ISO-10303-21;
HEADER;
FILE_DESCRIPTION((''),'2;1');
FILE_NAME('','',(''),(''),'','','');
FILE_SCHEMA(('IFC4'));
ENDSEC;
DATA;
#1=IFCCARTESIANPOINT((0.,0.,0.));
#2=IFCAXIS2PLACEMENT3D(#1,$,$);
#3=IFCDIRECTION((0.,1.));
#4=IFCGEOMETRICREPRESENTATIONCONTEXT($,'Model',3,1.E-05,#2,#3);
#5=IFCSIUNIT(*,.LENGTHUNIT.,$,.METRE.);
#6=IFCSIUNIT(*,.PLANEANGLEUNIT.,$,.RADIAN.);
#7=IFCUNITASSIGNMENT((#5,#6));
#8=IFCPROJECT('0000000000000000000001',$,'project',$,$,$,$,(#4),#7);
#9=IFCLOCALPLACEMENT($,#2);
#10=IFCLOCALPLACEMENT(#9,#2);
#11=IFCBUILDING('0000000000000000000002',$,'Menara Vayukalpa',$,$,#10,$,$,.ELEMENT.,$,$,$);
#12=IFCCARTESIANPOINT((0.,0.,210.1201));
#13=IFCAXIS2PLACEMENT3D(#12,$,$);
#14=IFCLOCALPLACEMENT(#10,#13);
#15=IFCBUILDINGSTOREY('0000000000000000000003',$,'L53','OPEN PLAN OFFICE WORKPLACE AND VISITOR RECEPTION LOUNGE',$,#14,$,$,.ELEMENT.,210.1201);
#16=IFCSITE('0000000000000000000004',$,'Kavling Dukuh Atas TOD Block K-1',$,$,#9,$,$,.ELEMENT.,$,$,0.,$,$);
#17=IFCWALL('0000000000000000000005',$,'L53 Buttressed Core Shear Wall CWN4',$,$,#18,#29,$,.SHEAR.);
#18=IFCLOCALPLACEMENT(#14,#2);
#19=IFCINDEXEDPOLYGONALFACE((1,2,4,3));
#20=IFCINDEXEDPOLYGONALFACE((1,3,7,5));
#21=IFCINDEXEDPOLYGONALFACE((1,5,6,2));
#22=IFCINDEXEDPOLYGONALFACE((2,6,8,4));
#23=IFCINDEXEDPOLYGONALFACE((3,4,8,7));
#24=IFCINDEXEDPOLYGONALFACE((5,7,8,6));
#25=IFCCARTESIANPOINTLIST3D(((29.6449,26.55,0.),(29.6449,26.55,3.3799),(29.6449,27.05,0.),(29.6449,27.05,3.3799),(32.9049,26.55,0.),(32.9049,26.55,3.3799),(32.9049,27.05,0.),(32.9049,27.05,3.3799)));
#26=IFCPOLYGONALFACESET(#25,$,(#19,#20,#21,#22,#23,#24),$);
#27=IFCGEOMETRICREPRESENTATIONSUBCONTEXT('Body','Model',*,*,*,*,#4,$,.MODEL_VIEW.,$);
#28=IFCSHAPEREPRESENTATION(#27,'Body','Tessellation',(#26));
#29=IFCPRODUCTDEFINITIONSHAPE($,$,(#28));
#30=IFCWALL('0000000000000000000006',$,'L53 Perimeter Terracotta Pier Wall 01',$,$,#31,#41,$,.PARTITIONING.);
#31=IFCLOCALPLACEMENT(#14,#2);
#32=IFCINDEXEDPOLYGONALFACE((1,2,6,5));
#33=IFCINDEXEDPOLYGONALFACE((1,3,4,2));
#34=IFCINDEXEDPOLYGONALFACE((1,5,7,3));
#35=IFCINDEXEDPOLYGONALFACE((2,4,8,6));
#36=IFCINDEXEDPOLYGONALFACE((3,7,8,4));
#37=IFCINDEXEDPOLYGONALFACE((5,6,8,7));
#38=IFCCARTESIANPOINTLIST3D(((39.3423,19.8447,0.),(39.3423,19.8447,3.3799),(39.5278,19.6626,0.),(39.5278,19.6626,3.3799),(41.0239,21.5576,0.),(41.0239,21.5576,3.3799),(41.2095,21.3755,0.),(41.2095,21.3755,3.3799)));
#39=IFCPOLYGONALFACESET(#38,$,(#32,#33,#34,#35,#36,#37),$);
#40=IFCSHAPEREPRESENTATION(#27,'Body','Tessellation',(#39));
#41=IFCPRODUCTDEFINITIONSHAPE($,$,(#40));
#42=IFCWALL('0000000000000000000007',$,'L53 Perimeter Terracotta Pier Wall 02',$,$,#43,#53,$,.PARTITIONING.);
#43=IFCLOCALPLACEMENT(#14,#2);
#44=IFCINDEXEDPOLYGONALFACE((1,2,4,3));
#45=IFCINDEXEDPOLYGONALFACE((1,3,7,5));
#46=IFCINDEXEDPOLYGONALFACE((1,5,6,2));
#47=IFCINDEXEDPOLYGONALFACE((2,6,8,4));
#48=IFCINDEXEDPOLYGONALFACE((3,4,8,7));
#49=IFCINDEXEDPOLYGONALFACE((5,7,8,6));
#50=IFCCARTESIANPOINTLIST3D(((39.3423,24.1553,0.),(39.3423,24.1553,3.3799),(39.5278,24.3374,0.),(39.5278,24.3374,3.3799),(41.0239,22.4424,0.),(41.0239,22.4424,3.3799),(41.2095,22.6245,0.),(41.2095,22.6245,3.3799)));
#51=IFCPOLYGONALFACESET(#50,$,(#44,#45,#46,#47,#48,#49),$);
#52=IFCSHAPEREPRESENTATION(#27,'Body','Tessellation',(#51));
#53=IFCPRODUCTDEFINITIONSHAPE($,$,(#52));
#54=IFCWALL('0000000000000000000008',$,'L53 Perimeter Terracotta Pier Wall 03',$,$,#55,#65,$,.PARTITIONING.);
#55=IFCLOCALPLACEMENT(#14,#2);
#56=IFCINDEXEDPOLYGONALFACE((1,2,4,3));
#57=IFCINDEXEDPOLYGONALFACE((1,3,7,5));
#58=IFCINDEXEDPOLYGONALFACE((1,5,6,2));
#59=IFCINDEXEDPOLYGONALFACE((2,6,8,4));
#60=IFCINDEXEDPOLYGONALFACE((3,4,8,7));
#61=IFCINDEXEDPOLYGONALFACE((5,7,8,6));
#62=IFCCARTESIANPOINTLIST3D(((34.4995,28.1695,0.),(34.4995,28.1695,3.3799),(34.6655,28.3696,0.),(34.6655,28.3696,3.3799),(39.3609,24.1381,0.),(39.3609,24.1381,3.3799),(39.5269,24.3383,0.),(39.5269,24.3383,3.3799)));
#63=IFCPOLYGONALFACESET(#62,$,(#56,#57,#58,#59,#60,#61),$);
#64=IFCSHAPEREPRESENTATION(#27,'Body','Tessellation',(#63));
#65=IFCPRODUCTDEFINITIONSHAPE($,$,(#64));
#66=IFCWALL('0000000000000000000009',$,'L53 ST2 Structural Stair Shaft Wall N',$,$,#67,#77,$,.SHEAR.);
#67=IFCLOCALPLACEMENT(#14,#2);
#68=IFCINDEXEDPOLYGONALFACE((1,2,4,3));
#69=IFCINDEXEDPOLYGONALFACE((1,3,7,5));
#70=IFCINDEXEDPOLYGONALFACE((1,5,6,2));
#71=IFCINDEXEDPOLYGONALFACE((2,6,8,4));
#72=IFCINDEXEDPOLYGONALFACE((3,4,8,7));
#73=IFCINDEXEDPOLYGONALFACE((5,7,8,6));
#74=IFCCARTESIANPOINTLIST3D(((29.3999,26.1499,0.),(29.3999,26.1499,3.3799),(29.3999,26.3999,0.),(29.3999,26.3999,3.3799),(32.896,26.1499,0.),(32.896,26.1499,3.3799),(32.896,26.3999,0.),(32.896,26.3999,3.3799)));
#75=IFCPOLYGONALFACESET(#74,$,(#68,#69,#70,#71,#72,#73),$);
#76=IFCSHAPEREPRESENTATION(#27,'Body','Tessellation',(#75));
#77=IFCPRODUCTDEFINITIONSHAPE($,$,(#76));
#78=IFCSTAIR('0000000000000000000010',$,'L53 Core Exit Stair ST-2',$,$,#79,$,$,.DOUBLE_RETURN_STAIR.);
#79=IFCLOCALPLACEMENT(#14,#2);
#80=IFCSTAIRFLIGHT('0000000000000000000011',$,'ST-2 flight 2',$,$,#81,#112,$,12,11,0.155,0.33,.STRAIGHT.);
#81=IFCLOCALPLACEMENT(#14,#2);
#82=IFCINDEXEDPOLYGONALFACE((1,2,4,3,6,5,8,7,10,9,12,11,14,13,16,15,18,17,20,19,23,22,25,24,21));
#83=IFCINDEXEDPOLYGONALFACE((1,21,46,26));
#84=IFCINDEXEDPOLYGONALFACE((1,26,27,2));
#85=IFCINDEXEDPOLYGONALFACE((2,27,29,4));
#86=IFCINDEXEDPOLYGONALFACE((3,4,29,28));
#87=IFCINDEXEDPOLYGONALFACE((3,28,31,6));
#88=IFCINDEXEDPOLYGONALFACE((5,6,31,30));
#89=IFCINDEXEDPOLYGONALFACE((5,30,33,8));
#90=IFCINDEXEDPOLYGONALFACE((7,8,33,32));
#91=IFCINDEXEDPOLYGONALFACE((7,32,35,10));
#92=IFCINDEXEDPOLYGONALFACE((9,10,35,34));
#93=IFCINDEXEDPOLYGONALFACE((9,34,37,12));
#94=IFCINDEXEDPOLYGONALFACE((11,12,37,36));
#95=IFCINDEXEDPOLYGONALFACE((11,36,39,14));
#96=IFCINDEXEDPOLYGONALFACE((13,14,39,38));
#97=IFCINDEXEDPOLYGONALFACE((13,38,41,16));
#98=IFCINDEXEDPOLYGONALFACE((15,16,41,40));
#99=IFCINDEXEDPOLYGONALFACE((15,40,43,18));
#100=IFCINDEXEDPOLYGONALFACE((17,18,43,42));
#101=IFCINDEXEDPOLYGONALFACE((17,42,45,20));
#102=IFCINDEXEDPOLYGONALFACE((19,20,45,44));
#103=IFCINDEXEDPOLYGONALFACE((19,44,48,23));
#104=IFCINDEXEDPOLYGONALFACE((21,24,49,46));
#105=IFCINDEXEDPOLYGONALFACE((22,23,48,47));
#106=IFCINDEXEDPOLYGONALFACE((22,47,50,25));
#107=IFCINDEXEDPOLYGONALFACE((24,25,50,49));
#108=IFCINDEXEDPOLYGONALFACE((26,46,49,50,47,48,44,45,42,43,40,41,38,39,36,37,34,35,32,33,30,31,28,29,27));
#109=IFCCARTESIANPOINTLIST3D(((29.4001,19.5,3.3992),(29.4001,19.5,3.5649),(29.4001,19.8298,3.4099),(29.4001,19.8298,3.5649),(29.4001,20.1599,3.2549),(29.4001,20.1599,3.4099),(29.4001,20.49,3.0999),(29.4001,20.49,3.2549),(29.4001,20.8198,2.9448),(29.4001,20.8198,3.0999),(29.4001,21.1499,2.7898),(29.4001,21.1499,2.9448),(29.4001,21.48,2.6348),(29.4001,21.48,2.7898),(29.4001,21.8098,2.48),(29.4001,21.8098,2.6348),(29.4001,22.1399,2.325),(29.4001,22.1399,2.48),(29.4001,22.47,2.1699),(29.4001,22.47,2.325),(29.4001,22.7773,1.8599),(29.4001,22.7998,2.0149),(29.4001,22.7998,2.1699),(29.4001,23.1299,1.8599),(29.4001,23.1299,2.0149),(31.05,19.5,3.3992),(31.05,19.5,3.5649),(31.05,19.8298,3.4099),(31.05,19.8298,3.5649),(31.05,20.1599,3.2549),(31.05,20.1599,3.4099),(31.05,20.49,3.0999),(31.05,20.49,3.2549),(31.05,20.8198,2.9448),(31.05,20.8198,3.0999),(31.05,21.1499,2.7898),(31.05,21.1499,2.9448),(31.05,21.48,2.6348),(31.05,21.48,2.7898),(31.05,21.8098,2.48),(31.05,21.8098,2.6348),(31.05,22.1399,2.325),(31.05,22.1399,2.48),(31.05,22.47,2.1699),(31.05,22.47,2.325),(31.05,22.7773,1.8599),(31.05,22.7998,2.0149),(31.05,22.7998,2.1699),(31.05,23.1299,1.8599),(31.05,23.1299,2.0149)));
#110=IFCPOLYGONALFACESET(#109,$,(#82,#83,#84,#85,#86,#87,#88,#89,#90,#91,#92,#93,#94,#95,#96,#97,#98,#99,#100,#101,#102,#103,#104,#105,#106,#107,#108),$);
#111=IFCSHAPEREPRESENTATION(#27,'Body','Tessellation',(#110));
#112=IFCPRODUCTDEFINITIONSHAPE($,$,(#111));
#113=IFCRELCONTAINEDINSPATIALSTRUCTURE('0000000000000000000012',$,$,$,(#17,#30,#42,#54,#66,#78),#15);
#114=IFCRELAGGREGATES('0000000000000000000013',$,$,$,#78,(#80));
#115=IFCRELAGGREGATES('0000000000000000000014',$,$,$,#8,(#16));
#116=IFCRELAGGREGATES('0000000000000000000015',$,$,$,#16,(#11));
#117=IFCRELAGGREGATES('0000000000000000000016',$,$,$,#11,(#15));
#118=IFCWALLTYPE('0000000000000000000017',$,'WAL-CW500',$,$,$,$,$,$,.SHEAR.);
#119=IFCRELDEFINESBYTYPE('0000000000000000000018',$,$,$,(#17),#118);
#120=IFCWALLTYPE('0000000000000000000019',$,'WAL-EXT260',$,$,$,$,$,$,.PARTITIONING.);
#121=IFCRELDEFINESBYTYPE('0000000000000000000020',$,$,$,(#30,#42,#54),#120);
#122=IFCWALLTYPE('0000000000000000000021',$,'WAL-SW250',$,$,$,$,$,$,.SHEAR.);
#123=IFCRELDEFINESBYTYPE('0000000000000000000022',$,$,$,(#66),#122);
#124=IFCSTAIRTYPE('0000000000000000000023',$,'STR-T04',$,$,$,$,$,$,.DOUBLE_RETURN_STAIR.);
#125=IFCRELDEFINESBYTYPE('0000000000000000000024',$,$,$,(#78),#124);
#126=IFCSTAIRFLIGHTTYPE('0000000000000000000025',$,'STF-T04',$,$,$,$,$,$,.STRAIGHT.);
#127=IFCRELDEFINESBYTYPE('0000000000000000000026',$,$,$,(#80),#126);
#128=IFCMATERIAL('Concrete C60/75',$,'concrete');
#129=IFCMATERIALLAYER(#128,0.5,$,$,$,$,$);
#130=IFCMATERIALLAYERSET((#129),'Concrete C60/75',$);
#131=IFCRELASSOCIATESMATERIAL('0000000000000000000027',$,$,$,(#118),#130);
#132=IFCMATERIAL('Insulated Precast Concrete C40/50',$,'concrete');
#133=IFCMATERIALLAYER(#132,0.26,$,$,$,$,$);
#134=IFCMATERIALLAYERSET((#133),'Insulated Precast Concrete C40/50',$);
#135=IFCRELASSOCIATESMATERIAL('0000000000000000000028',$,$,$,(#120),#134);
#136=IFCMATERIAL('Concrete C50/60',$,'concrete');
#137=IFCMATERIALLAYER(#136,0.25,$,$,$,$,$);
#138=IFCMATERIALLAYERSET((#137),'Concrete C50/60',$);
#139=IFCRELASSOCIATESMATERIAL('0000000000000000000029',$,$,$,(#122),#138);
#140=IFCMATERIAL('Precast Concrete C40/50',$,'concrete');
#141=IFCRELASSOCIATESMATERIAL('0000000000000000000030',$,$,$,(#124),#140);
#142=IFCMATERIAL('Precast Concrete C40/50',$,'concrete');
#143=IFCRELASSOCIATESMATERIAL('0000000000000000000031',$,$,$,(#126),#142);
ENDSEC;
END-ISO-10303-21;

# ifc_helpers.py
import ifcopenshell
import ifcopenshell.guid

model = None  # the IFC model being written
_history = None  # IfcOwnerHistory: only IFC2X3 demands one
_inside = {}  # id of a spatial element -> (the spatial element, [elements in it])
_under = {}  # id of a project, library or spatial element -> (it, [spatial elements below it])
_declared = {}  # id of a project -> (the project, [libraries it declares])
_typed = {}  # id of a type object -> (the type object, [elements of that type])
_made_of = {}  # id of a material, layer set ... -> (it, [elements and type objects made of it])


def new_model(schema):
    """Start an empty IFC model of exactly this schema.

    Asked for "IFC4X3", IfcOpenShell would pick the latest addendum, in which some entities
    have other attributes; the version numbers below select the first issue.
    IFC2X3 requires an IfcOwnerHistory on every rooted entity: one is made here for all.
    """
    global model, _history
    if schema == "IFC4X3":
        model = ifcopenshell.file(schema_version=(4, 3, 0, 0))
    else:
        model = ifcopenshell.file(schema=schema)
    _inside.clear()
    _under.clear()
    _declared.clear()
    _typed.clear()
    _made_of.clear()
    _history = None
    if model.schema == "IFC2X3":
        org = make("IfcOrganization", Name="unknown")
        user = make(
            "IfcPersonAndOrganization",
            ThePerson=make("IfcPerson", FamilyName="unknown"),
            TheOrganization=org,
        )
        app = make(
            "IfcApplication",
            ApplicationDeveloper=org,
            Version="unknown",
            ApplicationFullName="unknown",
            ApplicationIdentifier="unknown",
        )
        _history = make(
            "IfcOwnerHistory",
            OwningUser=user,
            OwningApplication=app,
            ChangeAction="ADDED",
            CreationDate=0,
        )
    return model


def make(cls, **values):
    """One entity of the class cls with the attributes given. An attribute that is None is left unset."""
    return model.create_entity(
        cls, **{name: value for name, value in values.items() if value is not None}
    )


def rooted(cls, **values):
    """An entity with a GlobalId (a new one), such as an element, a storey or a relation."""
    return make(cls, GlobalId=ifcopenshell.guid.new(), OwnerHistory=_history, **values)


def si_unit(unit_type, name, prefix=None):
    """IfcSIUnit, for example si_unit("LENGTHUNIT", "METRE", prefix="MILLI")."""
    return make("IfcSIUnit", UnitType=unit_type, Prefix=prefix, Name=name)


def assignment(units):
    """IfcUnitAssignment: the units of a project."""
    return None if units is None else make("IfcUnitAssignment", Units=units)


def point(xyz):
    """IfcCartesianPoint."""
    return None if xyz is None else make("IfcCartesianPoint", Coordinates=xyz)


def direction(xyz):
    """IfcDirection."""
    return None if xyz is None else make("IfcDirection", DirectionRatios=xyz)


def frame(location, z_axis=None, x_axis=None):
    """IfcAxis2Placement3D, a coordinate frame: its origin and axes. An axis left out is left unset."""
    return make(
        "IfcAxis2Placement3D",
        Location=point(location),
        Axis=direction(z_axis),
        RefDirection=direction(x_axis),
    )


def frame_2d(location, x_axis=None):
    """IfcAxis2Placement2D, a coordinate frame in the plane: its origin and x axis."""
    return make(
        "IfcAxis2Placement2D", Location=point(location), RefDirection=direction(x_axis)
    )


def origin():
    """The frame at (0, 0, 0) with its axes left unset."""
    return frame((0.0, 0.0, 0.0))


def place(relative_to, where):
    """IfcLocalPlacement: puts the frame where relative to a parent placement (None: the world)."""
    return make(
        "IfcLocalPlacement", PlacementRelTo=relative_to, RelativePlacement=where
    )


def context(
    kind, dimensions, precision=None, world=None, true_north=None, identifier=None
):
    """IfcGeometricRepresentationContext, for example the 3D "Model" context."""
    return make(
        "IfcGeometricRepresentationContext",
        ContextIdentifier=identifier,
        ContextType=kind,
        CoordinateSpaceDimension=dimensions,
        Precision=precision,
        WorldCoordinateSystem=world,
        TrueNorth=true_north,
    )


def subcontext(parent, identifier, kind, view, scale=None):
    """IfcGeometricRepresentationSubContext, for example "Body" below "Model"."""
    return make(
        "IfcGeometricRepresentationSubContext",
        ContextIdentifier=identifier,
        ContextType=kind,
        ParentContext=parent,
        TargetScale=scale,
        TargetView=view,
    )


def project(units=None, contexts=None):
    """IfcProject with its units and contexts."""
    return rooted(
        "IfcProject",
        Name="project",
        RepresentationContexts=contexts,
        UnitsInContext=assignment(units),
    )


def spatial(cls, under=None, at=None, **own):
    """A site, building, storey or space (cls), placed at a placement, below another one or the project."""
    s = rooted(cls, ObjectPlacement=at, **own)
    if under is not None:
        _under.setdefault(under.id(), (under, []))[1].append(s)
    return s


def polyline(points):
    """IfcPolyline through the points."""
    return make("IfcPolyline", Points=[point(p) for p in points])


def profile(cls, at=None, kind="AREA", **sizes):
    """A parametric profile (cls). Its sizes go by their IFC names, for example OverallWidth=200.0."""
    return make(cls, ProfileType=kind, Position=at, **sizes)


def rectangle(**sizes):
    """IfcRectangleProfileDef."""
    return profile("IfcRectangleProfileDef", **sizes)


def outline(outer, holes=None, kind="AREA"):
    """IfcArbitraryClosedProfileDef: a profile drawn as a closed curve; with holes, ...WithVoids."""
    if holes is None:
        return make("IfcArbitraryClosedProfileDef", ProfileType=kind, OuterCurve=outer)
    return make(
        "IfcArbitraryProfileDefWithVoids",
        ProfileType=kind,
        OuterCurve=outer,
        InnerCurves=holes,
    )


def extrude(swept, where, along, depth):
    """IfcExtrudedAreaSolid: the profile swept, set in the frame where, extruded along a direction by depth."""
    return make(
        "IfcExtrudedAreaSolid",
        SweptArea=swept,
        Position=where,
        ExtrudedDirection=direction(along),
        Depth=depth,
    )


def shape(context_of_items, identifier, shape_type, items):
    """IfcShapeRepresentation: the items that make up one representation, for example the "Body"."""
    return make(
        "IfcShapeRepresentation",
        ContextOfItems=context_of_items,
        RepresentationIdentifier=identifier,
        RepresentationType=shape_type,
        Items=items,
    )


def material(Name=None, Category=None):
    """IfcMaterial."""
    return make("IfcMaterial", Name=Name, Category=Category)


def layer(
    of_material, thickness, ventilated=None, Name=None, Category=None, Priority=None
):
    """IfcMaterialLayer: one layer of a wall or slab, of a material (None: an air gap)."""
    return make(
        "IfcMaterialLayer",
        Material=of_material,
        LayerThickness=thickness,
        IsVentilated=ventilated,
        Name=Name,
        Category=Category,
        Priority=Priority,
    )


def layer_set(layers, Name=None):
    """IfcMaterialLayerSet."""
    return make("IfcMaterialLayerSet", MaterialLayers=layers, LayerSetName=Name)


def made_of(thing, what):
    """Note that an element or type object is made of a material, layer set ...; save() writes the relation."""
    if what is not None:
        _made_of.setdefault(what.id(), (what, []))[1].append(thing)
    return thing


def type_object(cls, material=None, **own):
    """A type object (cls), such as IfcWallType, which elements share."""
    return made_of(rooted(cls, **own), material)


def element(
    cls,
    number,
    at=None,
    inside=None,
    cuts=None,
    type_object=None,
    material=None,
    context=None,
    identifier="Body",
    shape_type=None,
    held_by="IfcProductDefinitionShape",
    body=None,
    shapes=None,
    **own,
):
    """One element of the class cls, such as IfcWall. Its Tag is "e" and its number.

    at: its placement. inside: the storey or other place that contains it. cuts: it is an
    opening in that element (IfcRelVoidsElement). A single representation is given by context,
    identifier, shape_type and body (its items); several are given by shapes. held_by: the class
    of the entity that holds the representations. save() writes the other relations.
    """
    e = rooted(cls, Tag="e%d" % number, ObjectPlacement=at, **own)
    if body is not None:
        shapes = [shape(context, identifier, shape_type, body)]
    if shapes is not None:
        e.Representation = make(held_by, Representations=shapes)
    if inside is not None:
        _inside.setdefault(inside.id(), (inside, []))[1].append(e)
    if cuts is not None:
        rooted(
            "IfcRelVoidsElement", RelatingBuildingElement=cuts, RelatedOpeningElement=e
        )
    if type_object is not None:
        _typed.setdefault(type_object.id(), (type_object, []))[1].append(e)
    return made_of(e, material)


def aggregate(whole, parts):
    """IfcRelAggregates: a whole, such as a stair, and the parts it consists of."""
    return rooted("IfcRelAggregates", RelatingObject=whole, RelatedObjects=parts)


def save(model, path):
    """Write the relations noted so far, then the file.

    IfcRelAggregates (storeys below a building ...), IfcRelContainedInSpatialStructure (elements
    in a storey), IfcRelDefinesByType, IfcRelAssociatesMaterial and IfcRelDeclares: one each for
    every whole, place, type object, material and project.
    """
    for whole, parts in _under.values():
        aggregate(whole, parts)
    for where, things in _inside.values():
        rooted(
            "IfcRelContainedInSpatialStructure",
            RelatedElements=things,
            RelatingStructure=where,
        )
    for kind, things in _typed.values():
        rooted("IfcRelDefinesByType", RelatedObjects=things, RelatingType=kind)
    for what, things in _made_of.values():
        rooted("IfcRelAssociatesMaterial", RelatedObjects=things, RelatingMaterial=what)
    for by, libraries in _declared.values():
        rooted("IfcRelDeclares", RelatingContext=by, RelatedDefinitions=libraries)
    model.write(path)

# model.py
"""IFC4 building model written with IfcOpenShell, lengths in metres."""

from ifc_helpers import new_model, si_unit, direction, frame, frame_2d, origin, place, context, subcontext, project, spatial, polyline, rectangle, outline, extrude, material, layer, layer_set, type_object, element, aggregate, save


model = new_model("IFC4")

# Units and contexts
model_context = context("Model", 3, precision=1e-05, world=origin(), true_north=direction((0.0, 1.0)))
body_context = subcontext(model_context, "Body", "Model", "MODEL_VIEW")
ifc_project = project(units=[si_unit("LENGTHUNIT", "METRE"), si_unit("PLANEANGLEUNIT", "RADIAN")], contexts=[model_context])

# Site, building, storey
site_placement = place(None, origin())
site = spatial("IfcSite", under=ifc_project, at=site_placement, Name="Kavling Dukuh Atas TOD Block K-1", CompositionType="ELEMENT", RefElevation=0.0)
building_placement = place(site_placement, origin())
building = spatial("IfcBuilding", under=site, at=building_placement, Name="Menara Vayukalpa", CompositionType="ELEMENT")
storey_placement = place(building_placement, frame((0.0, 0.0, 210.1201)))
storey = spatial("IfcBuildingStorey", under=building, at=storey_placement, Name="L53", Description="OPEN PLAN OFFICE WORKPLACE AND VISITOR RECEPTION LOUNGE", CompositionType="ELEMENT", Elevation=210.1201)

# Walls
ifc_material_1 = material(Name="Concrete C60/75", Category="concrete")
ifc_layer_1 = layer(ifc_material_1, 0.5)
ifc_layer_set_1 = layer_set([ifc_layer_1], Name="Concrete C60/75")
wall_type_1 = type_object("IfcWallType", Name="WAL-CW500", PredefinedType="SHEAR", material=ifc_layer_set_1)
wall_1_placement = place(storey_placement, frame((29.645, 26.8, 0.0), z_axis=(0.0, 0.0, 1.0), x_axis=(1.0, 0.0, 0.0)))
element("IfcWall", 1, at=wall_1_placement, inside=storey, type_object=wall_type_1, Name="L53 Buttressed Core Shear Wall CWN4", PredefinedType="SHEAR", context=body_context, shape_type="SweptSolid", body=[
    extrude(rectangle(XDim=3.26, YDim=0.5, at=frame_2d((1.6299, 0.0))), origin(), (0.0, 0.0, 1.0), 3.3799),
])
ifc_material_2 = material(Name="Insulated Precast Concrete C40/50", Category="concrete")
ifc_layer_2 = layer(ifc_material_2, 0.26)
ifc_layer_set_2 = layer_set([ifc_layer_2], Name="Insulated Precast Concrete C40/50")
wall_type_2 = type_object("IfcWallType", Name="WAL-EXT260", PredefinedType="PARTITIONING", material=ifc_layer_set_2)
for number, where, z_axis, x_axis, name in (
    (2, (41.1167, 21.4666, 0.0), (0.0, 0.0, 1.0), (-0.700567, -0.713586, 0.0), "L53 Perimeter Terracotta Pier Wall 01"),
    (3, (39.4351, 24.2463, 0.0), (0.0, 0.0, 1.0), (0.700567, -0.713586, 0.0), "L53 Perimeter Terracotta Pier Wall 02"),
):
    element("IfcWall", number, at=place(storey_placement, frame(where, z_axis=z_axis, x_axis=x_axis)), inside=storey, type_object=wall_type_2, Name=name, PredefinedType="PARTITIONING", context=body_context, shape_type="SweptSolid", body=[
        extrude(rectangle(XDim=2.4004, YDim=0.26, at=frame_2d((1.2002, 0.0))), origin(), (0.0, 0.0, 1.0), 3.3799),
    ])
wall_2_placement = place(storey_placement, frame((34.5825, 28.2695, 0.0), z_axis=(0.0, 0.0, 1.0), x_axis=(0.769765, -0.638327, 0.0)))
element("IfcWall", 4, at=wall_2_placement, inside=storey, type_object=wall_type_2, Name="L53 Perimeter Terracotta Pier Wall 03", PredefinedType="PARTITIONING", context=body_context, shape_type="SweptSolid", body=[
    extrude(rectangle(XDim=6.3154, YDim=0.26, at=frame_2d((3.1577, 0.0))), origin(), (0.0, 0.0, 1.0), 3.3799),
])
ifc_material_3 = material(Name="Concrete C50/60", Category="concrete")
ifc_layer_3 = layer(ifc_material_3, 0.25)
ifc_layer_set_3 = layer_set([ifc_layer_3], Name="Concrete C50/60")
wall_type_3 = type_object("IfcWallType", Name="WAL-SW250", PredefinedType="SHEAR", material=ifc_layer_set_3)
wall_3_placement = place(storey_placement, frame((29.3999, 26.2749, 0.0), z_axis=(0.0, 0.0, 1.0), x_axis=(1.0, 0.0, 0.0)))
element("IfcWall", 5, at=wall_3_placement, inside=storey, type_object=wall_type_3, Name="L53 ST2 Structural Stair Shaft Wall N", PredefinedType="SHEAR", context=body_context, shape_type="SweptSolid", body=[
    extrude(rectangle(XDim=3.4961, YDim=0.25, at=frame_2d((1.748, 0.0))), origin(), (0.0, 0.0, 1.0), 3.3799),
])

# Stair, stair flight
ifc_material_4 = material(Name="Precast Concrete C40/50", Category="concrete")
stair_type = type_object("IfcStairType", Name="STR-T04", PredefinedType="DOUBLE_RETURN_STAIR", material=ifc_material_4)
stair_placement = place(storey_placement, origin())
stair = element("IfcStair", 6, at=stair_placement, inside=storey, type_object=stair_type, Name="L53 Core Exit Stair ST-2", PredefinedType="DOUBLE_RETURN_STAIR")
ifc_material_5 = material(Name="Precast Concrete C40/50", Category="concrete")
stair_flight_type = type_object("IfcStairFlightType", Name="STF-T04", PredefinedType="STRAIGHT", material=ifc_material_5)
stair_flight_placement = place(storey_placement, frame((30.2251, 23.1299, 1.8599), z_axis=(0.0, 0.0, 1.0), x_axis=(0.0, -1.0, 0.0)))
stair_flight = element("IfcStairFlight", 7, at=stair_flight_placement, type_object=stair_flight_type, Name="ST-2 flight 2", NumberOfRisers=12, NumberOfTreads=11, PredefinedType="STRAIGHT", RiserHeight=0.155, TreadLength=0.33, context=body_context, shape_type="SweptSolid", body=[
    extrude(outline(polyline([(0.0, 0.0), (0.0, 0.155), (0.3301, 0.155), (0.3301, 0.3101), (0.6599, 0.3101), (0.6599, 0.4651), (0.99, 0.4651), (0.99, 0.6201), (1.3201, 0.6201), (1.3201, 0.7749), (1.6499, 0.7749), (1.6499, 0.9299), (1.98, 0.9299), (1.98, 1.085), (2.3101, 1.085), (2.3101, 1.24), (2.6399, 1.24), (2.6399, 1.395), (2.97, 1.395), (2.97, 1.55), (3.3, 1.55), (3.3, 1.7051), (3.6299, 1.7051), (3.6299, 1.8601), (3.6299, 1.5393), (0.3525, 0.0), (0.0, 0.0)])), frame((0.0, 0.825, 0.0), z_axis=(0.0, -1.0, 0.0), x_axis=(1.0, 0.0, 0.0)), (0.0, 0.0, 1.0), 1.6499),
])
aggregate(stair, [stair_flight])

save(model, "model.ifc")
